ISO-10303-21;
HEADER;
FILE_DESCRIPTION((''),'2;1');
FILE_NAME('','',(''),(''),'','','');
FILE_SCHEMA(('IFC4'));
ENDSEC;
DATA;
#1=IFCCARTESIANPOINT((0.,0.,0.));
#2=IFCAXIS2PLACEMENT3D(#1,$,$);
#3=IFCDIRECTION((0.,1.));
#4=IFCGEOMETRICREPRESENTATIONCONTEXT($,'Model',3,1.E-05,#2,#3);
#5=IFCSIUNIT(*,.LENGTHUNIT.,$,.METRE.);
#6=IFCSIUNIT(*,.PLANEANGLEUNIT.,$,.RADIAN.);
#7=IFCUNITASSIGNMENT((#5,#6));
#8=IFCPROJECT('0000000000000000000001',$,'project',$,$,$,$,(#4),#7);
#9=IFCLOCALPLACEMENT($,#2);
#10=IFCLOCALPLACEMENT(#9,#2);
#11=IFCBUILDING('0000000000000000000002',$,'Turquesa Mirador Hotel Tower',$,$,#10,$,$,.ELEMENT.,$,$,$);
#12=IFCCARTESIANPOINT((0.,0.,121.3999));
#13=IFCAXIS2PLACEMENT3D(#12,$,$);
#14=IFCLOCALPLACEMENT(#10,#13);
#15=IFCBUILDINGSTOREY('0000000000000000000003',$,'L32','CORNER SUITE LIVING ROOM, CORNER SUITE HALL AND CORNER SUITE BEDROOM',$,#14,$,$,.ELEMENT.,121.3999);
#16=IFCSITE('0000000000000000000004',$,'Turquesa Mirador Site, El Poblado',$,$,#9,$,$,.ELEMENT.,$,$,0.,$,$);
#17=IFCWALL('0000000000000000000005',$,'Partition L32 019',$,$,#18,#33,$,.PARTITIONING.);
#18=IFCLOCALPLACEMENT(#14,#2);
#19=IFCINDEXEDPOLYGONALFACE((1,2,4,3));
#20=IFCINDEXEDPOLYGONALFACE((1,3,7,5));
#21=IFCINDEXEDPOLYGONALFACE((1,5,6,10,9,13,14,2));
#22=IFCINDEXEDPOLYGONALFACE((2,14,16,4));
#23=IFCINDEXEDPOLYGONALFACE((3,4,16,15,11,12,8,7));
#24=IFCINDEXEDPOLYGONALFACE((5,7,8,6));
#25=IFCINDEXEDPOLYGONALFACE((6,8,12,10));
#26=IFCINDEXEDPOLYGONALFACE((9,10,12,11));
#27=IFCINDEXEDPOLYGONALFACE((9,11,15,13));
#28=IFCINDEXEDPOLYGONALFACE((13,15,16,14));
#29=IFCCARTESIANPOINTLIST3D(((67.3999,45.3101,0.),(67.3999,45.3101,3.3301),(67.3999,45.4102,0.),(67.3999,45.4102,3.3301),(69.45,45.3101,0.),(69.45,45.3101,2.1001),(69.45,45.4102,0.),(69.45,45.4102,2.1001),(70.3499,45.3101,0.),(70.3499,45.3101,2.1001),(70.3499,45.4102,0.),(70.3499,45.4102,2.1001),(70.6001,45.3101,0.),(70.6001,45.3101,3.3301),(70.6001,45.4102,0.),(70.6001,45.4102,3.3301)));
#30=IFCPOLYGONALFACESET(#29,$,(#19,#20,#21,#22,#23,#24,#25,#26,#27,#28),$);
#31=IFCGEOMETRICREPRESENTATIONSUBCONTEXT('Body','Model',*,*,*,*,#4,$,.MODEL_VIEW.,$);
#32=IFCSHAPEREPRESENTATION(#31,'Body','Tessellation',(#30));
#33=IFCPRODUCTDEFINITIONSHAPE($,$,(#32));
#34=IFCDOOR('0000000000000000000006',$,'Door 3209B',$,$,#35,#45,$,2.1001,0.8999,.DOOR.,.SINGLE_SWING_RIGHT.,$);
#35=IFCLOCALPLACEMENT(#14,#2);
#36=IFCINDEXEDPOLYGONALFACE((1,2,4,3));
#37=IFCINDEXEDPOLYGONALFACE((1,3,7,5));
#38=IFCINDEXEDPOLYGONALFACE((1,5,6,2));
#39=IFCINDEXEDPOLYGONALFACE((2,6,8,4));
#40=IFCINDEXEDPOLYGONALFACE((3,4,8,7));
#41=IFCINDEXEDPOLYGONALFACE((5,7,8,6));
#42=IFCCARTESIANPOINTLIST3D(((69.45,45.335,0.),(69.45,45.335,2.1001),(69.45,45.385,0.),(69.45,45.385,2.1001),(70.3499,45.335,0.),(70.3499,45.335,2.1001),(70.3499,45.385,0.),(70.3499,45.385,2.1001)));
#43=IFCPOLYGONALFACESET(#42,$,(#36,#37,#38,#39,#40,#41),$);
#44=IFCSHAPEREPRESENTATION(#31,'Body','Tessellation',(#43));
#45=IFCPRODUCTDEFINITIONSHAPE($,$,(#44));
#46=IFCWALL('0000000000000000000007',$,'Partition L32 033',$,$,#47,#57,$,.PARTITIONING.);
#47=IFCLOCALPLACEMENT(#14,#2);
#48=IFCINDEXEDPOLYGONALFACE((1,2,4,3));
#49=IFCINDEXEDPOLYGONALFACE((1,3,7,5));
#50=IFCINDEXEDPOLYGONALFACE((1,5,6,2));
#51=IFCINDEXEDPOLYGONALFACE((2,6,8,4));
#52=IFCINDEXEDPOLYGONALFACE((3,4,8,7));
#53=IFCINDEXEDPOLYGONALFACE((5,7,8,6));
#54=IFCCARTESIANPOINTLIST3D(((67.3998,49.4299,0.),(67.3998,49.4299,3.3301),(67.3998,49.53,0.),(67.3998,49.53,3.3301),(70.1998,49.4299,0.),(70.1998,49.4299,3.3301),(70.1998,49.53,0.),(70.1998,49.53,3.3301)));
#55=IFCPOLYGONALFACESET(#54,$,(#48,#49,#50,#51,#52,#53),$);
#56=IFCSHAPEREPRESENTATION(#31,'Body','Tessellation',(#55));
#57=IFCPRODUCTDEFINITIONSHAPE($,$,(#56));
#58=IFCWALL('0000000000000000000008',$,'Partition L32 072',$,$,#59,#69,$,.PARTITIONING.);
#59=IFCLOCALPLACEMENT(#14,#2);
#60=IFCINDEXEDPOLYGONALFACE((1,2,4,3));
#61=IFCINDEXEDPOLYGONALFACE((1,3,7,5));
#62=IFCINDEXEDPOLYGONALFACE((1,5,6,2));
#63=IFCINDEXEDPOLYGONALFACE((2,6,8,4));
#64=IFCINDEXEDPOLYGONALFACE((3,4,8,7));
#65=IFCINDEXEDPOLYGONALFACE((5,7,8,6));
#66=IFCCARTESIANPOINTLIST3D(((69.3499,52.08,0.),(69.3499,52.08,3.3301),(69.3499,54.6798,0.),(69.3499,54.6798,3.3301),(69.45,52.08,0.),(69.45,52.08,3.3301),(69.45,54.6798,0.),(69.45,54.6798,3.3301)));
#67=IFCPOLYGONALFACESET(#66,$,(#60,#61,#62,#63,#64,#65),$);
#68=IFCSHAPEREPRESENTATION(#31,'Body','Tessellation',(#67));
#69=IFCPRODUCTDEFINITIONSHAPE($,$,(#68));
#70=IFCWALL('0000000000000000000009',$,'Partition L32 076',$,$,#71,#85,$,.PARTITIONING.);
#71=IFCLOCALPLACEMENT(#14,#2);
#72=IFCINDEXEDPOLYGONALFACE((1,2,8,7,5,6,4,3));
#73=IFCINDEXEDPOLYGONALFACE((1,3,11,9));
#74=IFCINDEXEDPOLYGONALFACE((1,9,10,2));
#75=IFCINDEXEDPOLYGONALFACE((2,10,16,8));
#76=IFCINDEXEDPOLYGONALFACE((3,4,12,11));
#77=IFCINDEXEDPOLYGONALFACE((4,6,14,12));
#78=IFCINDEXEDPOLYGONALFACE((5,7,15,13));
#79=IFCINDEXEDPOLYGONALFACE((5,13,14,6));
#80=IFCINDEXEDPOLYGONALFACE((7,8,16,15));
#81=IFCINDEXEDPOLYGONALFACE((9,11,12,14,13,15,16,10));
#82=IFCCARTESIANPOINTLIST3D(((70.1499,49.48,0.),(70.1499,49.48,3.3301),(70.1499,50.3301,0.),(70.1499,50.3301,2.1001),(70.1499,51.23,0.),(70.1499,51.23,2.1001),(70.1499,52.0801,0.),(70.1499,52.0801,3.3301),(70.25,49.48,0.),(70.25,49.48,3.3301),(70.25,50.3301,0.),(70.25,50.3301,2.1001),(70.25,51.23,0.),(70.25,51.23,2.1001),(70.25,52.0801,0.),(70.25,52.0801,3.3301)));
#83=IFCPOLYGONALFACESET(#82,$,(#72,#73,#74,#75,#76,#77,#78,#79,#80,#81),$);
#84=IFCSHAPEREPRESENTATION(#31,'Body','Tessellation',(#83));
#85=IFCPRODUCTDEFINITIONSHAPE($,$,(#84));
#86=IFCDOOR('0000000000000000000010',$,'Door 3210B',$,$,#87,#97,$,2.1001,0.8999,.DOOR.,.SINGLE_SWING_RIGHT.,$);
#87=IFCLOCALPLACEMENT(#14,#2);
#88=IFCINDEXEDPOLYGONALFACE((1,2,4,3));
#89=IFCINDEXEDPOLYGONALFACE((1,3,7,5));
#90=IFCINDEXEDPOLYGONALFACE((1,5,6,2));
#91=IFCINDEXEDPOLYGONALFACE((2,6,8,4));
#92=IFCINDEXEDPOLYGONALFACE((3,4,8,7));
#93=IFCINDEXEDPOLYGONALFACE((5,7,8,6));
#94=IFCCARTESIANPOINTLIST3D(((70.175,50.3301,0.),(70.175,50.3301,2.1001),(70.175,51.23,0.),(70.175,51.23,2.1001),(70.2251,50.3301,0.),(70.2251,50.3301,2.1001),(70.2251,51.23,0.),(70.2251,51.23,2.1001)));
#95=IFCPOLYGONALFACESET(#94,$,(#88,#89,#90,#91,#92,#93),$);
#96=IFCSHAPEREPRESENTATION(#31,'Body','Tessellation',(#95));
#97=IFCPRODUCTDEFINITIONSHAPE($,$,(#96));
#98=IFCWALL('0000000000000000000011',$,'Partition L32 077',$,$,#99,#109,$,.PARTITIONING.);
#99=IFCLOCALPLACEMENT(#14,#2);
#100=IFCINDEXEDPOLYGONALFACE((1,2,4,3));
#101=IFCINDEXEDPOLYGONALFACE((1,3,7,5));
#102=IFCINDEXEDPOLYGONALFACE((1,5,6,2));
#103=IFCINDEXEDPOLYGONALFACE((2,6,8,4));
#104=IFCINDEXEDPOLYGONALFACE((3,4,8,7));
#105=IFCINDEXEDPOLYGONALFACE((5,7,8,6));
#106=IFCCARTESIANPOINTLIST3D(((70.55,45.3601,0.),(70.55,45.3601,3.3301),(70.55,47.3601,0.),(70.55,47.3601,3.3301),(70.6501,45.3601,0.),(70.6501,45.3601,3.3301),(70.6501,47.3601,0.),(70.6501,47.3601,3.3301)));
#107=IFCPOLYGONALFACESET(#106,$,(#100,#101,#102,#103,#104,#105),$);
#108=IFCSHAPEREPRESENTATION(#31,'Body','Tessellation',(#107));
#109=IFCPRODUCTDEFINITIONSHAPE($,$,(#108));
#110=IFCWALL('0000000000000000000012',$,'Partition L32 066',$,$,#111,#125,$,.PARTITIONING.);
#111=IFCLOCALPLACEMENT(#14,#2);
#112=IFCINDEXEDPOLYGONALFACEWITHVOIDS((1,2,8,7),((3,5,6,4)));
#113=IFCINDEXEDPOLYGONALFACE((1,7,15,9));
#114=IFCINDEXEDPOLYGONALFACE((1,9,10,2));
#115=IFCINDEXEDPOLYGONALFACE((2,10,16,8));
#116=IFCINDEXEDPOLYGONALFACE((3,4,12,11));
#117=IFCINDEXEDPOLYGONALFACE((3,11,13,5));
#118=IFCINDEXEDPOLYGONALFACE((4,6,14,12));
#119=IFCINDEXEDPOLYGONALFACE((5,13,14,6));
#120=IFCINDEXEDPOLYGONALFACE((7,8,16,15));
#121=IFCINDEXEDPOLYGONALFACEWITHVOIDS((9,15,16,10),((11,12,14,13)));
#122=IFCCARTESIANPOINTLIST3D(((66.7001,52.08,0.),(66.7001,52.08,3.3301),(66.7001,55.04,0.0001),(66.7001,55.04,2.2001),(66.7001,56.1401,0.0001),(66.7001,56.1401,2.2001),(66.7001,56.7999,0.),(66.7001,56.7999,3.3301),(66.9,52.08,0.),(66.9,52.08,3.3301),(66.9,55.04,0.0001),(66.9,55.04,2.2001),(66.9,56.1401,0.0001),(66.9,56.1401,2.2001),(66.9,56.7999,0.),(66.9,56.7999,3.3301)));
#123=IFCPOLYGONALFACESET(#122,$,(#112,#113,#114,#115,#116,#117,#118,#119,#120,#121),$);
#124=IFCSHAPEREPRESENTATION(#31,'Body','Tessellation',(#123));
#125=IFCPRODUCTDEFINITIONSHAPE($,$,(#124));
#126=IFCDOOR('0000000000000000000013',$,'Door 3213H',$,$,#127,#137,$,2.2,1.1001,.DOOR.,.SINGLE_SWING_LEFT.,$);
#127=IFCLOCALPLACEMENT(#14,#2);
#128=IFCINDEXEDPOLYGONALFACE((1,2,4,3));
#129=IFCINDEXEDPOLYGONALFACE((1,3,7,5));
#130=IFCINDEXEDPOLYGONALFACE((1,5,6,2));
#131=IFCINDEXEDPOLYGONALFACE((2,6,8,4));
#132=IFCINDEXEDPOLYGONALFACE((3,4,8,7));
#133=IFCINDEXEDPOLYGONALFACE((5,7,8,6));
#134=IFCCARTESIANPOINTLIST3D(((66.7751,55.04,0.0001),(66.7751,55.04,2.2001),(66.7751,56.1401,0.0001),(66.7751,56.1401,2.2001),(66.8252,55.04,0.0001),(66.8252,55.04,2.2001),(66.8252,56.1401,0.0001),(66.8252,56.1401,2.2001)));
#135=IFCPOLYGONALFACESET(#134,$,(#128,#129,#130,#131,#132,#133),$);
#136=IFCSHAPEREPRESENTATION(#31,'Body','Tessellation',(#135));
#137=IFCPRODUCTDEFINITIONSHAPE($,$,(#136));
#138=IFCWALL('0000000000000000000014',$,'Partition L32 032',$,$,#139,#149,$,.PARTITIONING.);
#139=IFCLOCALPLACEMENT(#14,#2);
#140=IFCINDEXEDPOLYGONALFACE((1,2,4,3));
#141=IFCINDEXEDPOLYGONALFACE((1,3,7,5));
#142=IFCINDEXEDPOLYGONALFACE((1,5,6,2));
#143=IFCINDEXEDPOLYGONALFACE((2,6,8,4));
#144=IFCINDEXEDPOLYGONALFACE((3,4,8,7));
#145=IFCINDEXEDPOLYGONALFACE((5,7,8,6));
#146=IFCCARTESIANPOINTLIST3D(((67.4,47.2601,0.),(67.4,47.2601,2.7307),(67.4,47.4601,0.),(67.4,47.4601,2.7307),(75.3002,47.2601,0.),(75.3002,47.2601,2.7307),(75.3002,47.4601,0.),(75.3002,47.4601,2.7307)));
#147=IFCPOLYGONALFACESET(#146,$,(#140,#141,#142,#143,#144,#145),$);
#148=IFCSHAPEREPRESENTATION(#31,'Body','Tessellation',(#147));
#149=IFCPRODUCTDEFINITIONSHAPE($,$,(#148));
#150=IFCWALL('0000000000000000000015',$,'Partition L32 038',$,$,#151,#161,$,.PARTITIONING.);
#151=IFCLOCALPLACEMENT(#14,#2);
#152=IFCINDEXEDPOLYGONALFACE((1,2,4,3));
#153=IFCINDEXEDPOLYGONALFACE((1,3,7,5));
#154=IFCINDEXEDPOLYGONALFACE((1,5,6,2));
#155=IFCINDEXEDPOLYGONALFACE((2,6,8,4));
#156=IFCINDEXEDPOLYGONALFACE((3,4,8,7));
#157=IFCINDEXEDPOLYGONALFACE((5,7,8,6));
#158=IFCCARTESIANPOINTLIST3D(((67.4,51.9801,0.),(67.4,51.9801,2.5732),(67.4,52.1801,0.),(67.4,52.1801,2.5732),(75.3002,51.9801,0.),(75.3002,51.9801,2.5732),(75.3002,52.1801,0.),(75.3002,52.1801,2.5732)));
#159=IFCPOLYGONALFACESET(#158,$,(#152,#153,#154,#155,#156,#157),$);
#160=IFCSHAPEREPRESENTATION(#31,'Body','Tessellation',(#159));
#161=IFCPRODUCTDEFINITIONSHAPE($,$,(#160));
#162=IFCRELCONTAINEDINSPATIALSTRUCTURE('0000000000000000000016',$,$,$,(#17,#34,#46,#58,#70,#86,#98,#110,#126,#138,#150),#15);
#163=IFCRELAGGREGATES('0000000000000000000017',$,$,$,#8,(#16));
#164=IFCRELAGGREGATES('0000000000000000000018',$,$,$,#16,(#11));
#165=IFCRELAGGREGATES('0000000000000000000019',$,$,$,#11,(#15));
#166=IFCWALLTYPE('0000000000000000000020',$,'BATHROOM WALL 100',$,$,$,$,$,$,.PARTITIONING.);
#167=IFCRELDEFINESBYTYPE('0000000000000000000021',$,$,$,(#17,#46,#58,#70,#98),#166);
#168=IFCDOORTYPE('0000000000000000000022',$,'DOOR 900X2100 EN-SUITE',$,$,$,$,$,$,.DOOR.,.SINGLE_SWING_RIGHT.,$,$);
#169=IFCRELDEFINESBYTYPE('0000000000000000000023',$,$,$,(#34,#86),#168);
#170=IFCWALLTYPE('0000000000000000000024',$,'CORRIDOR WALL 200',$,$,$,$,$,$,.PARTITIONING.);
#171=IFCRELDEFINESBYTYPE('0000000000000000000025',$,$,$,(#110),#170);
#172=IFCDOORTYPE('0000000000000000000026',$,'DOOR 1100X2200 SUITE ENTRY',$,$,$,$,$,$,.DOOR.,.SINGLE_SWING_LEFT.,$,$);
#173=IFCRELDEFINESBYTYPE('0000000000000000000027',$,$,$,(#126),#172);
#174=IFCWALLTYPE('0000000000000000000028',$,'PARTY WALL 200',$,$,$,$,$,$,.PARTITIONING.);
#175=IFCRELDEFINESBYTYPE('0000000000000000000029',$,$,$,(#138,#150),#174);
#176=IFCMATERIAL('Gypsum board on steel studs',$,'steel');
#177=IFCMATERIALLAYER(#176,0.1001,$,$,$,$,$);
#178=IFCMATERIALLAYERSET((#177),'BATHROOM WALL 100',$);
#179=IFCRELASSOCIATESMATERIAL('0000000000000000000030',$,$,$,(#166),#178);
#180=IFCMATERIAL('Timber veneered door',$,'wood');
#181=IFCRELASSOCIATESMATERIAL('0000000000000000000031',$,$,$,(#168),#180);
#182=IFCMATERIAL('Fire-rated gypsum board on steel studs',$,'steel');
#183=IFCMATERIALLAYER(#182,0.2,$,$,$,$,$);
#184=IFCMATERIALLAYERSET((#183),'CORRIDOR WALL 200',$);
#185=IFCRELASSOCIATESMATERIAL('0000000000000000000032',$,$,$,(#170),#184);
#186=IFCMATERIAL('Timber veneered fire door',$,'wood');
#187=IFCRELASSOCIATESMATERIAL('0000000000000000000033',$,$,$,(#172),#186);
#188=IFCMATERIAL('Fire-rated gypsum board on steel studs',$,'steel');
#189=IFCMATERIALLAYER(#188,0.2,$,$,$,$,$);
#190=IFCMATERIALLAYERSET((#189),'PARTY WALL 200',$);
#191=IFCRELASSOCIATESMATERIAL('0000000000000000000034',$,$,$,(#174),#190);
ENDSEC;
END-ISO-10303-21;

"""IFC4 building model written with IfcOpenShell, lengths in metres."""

from ifc_helpers import new_model, si_unit, direction, frame, frame_2d, origin, place, context, subcontext, project, spatial, rectangle, extrude, material, layer, layer_set, type_object, element, fill, save


model = new_model("IFC4")

# Units and contexts
model_context = context("Model", 3, precision=1e-05, world=origin(), true_north=direction((0.0, 1.0)))
body_context = subcontext(model_context, "Body", "Model", "MODEL_VIEW")
ifc_project = project(units=[si_unit("LENGTHUNIT", "METRE"), si_unit("PLANEANGLEUNIT", "RADIAN")], contexts=[model_context])

# Site, building, storey
site_placement = place(None, origin())
site = spatial("IfcSite", under=ifc_project, at=site_placement, Name="Turquesa Mirador Site, El Poblado", CompositionType="ELEMENT", RefElevation=0.0)
building_placement = place(site_placement, origin())
building = spatial("IfcBuilding", under=site, at=building_placement, Name="Turquesa Mirador Hotel Tower", CompositionType="ELEMENT")
storey_placement = place(building_placement, frame((0.0, 0.0, 121.3999)))
storey = spatial("IfcBuildingStorey", under=building, at=storey_placement, Name="L32", Description="CORNER SUITE LIVING ROOM, CORNER SUITE HALL AND CORNER SUITE BEDROOM", CompositionType="ELEMENT", Elevation=121.3999)

# Wall, opening, door
ifc_material_1 = material(Name="Gypsum board on steel studs", Category="steel")
ifc_layer_1 = layer(ifc_material_1, 0.1001)
ifc_layer_set_1 = layer_set([ifc_layer_1], Name="BATHROOM WALL 100")
wall_type_1 = type_object("IfcWallType", Name="BATHROOM WALL 100", PredefinedType="PARTITIONING", material=ifc_layer_set_1)
wall_1_placement = place(storey_placement, frame((67.3999, 45.3601, 0.0), z_axis=(0.0, 0.0, 1.0), x_axis=(1.0, 0.0, 0.0)))
wall_1 = element("IfcWall", 1, at=wall_1_placement, inside=storey, type_object=wall_type_1, Name="Partition L32 019", PredefinedType="PARTITIONING", context=body_context, shape_type="SweptSolid", body=[
    extrude(rectangle(XDim=3.2002, YDim=0.1001, at=frame_2d((1.6001, 0.0))), origin(), (0.0, 0.0, 1.0), 3.3301),
])
opening_1_placement = place(wall_1_placement, frame((2.05, 0.0, 0.0)))
opening_1 = element("IfcOpeningElement", 2, at=opening_1_placement, cuts=wall_1, PredefinedType="OPENING", context=body_context, shape_type="SweptSolid", body=[
    extrude(rectangle(XDim=0.8999, YDim=2.1001, at=frame_2d((0.45, 1.05))), frame((0.0, 0.0601, 0.0), z_axis=(0.0, -1.0, 0.0), x_axis=(1.0, 0.0, 0.0)), (0.0, 0.0, 1.0), 0.1201),
])
ifc_material_2 = material(Name="Timber veneered door", Category="wood")
door_type_1 = type_object("IfcDoorType", Name="DOOR 900X2100 EN-SUITE", OperationType="SINGLE_SWING_RIGHT", PredefinedType="DOOR", material=ifc_material_2)
door_1_placement = place(opening_1_placement, origin())
door_1 = element("IfcDoor", 3, at=door_1_placement, inside=storey, type_object=door_type_1, Name="Door 3209B", OperationType="SINGLE_SWING_RIGHT", OverallHeight=2.1001, OverallWidth=0.8999, PredefinedType="DOOR", context=body_context, shape_type="SweptSolid", body=[
    extrude(rectangle(XDim=0.8999, YDim=2.1001, at=frame_2d((0.45, 1.05))), frame((0.0, 0.0249, 0.0), z_axis=(0.0, -1.0, 0.0), x_axis=(1.0, 0.0, 0.0)), (0.0, 0.0, 1.0), 0.05),
])
fill(opening_1, door_1)

# Walls
wall_2_placement = place(storey_placement, frame((67.3999, 49.48, 0.0), z_axis=(0.0, 0.0, 1.0), x_axis=(1.0, 0.0, 0.0)))
element("IfcWall", 4, at=wall_2_placement, inside=storey, type_object=wall_type_1, Name="Partition L32 033", PredefinedType="PARTITIONING", context=body_context, shape_type="SweptSolid", body=[
    extrude(rectangle(XDim=2.8, YDim=0.1001, at=frame_2d((1.3999, 0.0))), origin(), (0.0, 0.0, 1.0), 3.3301),
])
wall_3_placement = place(storey_placement, frame((69.3999, 52.0801, 0.0), z_axis=(0.0, 0.0, 1.0), x_axis=(0.0, 1.0, 0.0)))
element("IfcWall", 5, at=wall_3_placement, inside=storey, type_object=wall_type_1, Name="Partition L32 072", PredefinedType="PARTITIONING", context=body_context, shape_type="SweptSolid", body=[
    extrude(rectangle(XDim=2.5999, YDim=0.1001, at=frame_2d((1.2998, 0.0))), origin(), (0.0, 0.0, 1.0), 3.3301),
])

# Wall, opening, door
wall_4_placement = place(storey_placement, frame((70.2, 49.48, 0.0), z_axis=(0.0, 0.0, 1.0), x_axis=(0.0, 1.0, 0.0)))
wall_4 = element("IfcWall", 6, at=wall_4_placement, inside=storey, type_object=wall_type_1, Name="Partition L32 076", PredefinedType="PARTITIONING", context=body_context, shape_type="SweptSolid", body=[
    extrude(rectangle(XDim=2.6001, YDim=0.1001, at=frame_2d((1.3, 0.0))), origin(), (0.0, 0.0, 1.0), 3.3301),
])
opening_2_placement = place(wall_4_placement, frame((0.8501, 0.0, 0.0)))
opening_2 = element("IfcOpeningElement", 7, at=opening_2_placement, cuts=wall_4, PredefinedType="OPENING", context=body_context, shape_type="SweptSolid", body=[
    extrude(rectangle(XDim=0.8999, YDim=2.1001, at=frame_2d((0.45, 1.05))), frame((0.0, 0.0601, 0.0), z_axis=(0.0, -1.0, 0.0), x_axis=(1.0, 0.0, 0.0)), (0.0, 0.0, 1.0), 0.1201),
])
door_2_placement = place(opening_2_placement, origin())
door_2 = element("IfcDoor", 8, at=door_2_placement, inside=storey, type_object=door_type_1, Name="Door 3210B", OperationType="SINGLE_SWING_RIGHT", OverallHeight=2.1001, OverallWidth=0.8999, PredefinedType="DOOR", context=body_context, shape_type="SweptSolid", body=[
    extrude(rectangle(XDim=0.8999, YDim=2.1001, at=frame_2d((0.45, 1.05))), frame((0.0, 0.0249, 0.0), z_axis=(0.0, -1.0, 0.0), x_axis=(1.0, 0.0, 0.0)), (0.0, 0.0, 1.0), 0.05),
])
fill(opening_2, door_2)

# Wall
wall_5_placement = place(storey_placement, frame((70.6001, 45.3601, 0.0), z_axis=(0.0, 0.0, 1.0), x_axis=(0.0, 1.0, 0.0)))
element("IfcWall", 9, at=wall_5_placement, inside=storey, type_object=wall_type_1, Name="Partition L32 077", PredefinedType="PARTITIONING", context=body_context, shape_type="SweptSolid", body=[
    extrude(rectangle(XDim=2.0, YDim=0.1001, at=frame_2d((1.0, 0.0))), origin(), (0.0, 0.0, 1.0), 3.3301),
])

# Wall, opening, door
ifc_material_3 = material(Name="Fire-rated gypsum board on steel studs", Category="steel")
ifc_layer_2 = layer(ifc_material_3, 0.2)
ifc_layer_set_2 = layer_set([ifc_layer_2], Name="CORRIDOR WALL 200")
wall_type_2 = type_object("IfcWallType", Name="CORRIDOR WALL 200", PredefinedType="PARTITIONING", material=ifc_layer_set_2)
wall_6_placement = place(storey_placement, frame((66.8, 52.0801, 0.0), z_axis=(0.0, 0.0, 1.0), x_axis=(0.0, 1.0, 0.0)))
wall_6 = element("IfcWall", 10, at=wall_6_placement, inside=storey, type_object=wall_type_2, Name="Partition L32 066", PredefinedType="PARTITIONING", context=body_context, shape_type="SweptSolid", body=[
    extrude(rectangle(XDim=4.72, YDim=0.2, at=frame_2d((2.3599, 0.0))), origin(), (0.0, 0.0, 1.0), 3.3301),
])
opening_3_placement = place(wall_6_placement, frame((2.96, 0.0, 0.0)))
opening_3 = element("IfcOpeningElement", 11, at=opening_3_placement, cuts=wall_6, PredefinedType="OPENING", context=body_context, shape_type="SweptSolid", body=[
    extrude(rectangle(XDim=1.1001, YDim=2.2, at=frame_2d((0.55, 1.1001))), frame((0.0, 0.1099, 0.0), z_axis=(0.0, -1.0, 0.0), x_axis=(1.0, 0.0, 0.0)), (0.0, 0.0, 1.0), 0.22),
])
ifc_material_4 = material(Name="Timber veneered fire door", Category="wood")
door_type_2 = type_object("IfcDoorType", Name="DOOR 1100X2200 SUITE ENTRY", OperationType="SINGLE_SWING_LEFT", PredefinedType="DOOR", material=ifc_material_4)
door_3_placement = place(opening_3_placement, origin())
door_3 = element("IfcDoor", 12, at=door_3_placement, inside=storey, type_object=door_type_2, Name="Door 3213H", OperationType="SINGLE_SWING_LEFT", OverallHeight=2.2, OverallWidth=1.1001, PredefinedType="DOOR", context=body_context, shape_type="SweptSolid", body=[
    extrude(rectangle(XDim=1.1001, YDim=2.2, at=frame_2d((0.55, 1.1001))), frame((0.0, 0.0249, 0.0), z_axis=(0.0, -1.0, 0.0), x_axis=(1.0, 0.0, 0.0)), (0.0, 0.0, 1.0), 0.05),
])
fill(opening_3, door_3)

# Walls
ifc_material_5 = material(Name="Fire-rated gypsum board on steel studs", Category="steel")
ifc_layer_3 = layer(ifc_material_5, 0.2)
ifc_layer_set_3 = layer_set([ifc_layer_3], Name="PARTY WALL 200")
wall_type_3 = type_object("IfcWallType", Name="PARTY WALL 200", PredefinedType="PARTITIONING", material=ifc_layer_set_3)
wall_7_placement = place(storey_placement, frame((67.3999, 47.3601, 0.0), z_axis=(0.0, 0.0, 1.0), x_axis=(1.0, 0.0, 0.0)))
element("IfcWall", 13, at=wall_7_placement, inside=storey, type_object=wall_type_3, Name="Partition L32 032", PredefinedType="PARTITIONING", context=body_context, shape_type="SweptSolid", body=[
    extrude(rectangle(XDim=7.9001, YDim=0.2, at=frame_2d((3.9502, 0.0))), origin(), (0.0, 0.0, 1.0), 2.7307),
])
wall_8_placement = place(storey_placement, frame((67.3999, 52.0801, 0.0), z_axis=(0.0, 0.0, 1.0), x_axis=(1.0, 0.0, 0.0)))
element("IfcWall", 14, at=wall_8_placement, inside=storey, type_object=wall_type_3, Name="Partition L32 038", PredefinedType="PARTITIONING", context=body_context, shape_type="SweptSolid", body=[
    extrude(rectangle(XDim=7.9001, YDim=0.2, at=frame_2d((3.9502, 0.0))), origin(), (0.0, 0.0, 1.0), 2.5732),
])

save(model, "model.ifc")
